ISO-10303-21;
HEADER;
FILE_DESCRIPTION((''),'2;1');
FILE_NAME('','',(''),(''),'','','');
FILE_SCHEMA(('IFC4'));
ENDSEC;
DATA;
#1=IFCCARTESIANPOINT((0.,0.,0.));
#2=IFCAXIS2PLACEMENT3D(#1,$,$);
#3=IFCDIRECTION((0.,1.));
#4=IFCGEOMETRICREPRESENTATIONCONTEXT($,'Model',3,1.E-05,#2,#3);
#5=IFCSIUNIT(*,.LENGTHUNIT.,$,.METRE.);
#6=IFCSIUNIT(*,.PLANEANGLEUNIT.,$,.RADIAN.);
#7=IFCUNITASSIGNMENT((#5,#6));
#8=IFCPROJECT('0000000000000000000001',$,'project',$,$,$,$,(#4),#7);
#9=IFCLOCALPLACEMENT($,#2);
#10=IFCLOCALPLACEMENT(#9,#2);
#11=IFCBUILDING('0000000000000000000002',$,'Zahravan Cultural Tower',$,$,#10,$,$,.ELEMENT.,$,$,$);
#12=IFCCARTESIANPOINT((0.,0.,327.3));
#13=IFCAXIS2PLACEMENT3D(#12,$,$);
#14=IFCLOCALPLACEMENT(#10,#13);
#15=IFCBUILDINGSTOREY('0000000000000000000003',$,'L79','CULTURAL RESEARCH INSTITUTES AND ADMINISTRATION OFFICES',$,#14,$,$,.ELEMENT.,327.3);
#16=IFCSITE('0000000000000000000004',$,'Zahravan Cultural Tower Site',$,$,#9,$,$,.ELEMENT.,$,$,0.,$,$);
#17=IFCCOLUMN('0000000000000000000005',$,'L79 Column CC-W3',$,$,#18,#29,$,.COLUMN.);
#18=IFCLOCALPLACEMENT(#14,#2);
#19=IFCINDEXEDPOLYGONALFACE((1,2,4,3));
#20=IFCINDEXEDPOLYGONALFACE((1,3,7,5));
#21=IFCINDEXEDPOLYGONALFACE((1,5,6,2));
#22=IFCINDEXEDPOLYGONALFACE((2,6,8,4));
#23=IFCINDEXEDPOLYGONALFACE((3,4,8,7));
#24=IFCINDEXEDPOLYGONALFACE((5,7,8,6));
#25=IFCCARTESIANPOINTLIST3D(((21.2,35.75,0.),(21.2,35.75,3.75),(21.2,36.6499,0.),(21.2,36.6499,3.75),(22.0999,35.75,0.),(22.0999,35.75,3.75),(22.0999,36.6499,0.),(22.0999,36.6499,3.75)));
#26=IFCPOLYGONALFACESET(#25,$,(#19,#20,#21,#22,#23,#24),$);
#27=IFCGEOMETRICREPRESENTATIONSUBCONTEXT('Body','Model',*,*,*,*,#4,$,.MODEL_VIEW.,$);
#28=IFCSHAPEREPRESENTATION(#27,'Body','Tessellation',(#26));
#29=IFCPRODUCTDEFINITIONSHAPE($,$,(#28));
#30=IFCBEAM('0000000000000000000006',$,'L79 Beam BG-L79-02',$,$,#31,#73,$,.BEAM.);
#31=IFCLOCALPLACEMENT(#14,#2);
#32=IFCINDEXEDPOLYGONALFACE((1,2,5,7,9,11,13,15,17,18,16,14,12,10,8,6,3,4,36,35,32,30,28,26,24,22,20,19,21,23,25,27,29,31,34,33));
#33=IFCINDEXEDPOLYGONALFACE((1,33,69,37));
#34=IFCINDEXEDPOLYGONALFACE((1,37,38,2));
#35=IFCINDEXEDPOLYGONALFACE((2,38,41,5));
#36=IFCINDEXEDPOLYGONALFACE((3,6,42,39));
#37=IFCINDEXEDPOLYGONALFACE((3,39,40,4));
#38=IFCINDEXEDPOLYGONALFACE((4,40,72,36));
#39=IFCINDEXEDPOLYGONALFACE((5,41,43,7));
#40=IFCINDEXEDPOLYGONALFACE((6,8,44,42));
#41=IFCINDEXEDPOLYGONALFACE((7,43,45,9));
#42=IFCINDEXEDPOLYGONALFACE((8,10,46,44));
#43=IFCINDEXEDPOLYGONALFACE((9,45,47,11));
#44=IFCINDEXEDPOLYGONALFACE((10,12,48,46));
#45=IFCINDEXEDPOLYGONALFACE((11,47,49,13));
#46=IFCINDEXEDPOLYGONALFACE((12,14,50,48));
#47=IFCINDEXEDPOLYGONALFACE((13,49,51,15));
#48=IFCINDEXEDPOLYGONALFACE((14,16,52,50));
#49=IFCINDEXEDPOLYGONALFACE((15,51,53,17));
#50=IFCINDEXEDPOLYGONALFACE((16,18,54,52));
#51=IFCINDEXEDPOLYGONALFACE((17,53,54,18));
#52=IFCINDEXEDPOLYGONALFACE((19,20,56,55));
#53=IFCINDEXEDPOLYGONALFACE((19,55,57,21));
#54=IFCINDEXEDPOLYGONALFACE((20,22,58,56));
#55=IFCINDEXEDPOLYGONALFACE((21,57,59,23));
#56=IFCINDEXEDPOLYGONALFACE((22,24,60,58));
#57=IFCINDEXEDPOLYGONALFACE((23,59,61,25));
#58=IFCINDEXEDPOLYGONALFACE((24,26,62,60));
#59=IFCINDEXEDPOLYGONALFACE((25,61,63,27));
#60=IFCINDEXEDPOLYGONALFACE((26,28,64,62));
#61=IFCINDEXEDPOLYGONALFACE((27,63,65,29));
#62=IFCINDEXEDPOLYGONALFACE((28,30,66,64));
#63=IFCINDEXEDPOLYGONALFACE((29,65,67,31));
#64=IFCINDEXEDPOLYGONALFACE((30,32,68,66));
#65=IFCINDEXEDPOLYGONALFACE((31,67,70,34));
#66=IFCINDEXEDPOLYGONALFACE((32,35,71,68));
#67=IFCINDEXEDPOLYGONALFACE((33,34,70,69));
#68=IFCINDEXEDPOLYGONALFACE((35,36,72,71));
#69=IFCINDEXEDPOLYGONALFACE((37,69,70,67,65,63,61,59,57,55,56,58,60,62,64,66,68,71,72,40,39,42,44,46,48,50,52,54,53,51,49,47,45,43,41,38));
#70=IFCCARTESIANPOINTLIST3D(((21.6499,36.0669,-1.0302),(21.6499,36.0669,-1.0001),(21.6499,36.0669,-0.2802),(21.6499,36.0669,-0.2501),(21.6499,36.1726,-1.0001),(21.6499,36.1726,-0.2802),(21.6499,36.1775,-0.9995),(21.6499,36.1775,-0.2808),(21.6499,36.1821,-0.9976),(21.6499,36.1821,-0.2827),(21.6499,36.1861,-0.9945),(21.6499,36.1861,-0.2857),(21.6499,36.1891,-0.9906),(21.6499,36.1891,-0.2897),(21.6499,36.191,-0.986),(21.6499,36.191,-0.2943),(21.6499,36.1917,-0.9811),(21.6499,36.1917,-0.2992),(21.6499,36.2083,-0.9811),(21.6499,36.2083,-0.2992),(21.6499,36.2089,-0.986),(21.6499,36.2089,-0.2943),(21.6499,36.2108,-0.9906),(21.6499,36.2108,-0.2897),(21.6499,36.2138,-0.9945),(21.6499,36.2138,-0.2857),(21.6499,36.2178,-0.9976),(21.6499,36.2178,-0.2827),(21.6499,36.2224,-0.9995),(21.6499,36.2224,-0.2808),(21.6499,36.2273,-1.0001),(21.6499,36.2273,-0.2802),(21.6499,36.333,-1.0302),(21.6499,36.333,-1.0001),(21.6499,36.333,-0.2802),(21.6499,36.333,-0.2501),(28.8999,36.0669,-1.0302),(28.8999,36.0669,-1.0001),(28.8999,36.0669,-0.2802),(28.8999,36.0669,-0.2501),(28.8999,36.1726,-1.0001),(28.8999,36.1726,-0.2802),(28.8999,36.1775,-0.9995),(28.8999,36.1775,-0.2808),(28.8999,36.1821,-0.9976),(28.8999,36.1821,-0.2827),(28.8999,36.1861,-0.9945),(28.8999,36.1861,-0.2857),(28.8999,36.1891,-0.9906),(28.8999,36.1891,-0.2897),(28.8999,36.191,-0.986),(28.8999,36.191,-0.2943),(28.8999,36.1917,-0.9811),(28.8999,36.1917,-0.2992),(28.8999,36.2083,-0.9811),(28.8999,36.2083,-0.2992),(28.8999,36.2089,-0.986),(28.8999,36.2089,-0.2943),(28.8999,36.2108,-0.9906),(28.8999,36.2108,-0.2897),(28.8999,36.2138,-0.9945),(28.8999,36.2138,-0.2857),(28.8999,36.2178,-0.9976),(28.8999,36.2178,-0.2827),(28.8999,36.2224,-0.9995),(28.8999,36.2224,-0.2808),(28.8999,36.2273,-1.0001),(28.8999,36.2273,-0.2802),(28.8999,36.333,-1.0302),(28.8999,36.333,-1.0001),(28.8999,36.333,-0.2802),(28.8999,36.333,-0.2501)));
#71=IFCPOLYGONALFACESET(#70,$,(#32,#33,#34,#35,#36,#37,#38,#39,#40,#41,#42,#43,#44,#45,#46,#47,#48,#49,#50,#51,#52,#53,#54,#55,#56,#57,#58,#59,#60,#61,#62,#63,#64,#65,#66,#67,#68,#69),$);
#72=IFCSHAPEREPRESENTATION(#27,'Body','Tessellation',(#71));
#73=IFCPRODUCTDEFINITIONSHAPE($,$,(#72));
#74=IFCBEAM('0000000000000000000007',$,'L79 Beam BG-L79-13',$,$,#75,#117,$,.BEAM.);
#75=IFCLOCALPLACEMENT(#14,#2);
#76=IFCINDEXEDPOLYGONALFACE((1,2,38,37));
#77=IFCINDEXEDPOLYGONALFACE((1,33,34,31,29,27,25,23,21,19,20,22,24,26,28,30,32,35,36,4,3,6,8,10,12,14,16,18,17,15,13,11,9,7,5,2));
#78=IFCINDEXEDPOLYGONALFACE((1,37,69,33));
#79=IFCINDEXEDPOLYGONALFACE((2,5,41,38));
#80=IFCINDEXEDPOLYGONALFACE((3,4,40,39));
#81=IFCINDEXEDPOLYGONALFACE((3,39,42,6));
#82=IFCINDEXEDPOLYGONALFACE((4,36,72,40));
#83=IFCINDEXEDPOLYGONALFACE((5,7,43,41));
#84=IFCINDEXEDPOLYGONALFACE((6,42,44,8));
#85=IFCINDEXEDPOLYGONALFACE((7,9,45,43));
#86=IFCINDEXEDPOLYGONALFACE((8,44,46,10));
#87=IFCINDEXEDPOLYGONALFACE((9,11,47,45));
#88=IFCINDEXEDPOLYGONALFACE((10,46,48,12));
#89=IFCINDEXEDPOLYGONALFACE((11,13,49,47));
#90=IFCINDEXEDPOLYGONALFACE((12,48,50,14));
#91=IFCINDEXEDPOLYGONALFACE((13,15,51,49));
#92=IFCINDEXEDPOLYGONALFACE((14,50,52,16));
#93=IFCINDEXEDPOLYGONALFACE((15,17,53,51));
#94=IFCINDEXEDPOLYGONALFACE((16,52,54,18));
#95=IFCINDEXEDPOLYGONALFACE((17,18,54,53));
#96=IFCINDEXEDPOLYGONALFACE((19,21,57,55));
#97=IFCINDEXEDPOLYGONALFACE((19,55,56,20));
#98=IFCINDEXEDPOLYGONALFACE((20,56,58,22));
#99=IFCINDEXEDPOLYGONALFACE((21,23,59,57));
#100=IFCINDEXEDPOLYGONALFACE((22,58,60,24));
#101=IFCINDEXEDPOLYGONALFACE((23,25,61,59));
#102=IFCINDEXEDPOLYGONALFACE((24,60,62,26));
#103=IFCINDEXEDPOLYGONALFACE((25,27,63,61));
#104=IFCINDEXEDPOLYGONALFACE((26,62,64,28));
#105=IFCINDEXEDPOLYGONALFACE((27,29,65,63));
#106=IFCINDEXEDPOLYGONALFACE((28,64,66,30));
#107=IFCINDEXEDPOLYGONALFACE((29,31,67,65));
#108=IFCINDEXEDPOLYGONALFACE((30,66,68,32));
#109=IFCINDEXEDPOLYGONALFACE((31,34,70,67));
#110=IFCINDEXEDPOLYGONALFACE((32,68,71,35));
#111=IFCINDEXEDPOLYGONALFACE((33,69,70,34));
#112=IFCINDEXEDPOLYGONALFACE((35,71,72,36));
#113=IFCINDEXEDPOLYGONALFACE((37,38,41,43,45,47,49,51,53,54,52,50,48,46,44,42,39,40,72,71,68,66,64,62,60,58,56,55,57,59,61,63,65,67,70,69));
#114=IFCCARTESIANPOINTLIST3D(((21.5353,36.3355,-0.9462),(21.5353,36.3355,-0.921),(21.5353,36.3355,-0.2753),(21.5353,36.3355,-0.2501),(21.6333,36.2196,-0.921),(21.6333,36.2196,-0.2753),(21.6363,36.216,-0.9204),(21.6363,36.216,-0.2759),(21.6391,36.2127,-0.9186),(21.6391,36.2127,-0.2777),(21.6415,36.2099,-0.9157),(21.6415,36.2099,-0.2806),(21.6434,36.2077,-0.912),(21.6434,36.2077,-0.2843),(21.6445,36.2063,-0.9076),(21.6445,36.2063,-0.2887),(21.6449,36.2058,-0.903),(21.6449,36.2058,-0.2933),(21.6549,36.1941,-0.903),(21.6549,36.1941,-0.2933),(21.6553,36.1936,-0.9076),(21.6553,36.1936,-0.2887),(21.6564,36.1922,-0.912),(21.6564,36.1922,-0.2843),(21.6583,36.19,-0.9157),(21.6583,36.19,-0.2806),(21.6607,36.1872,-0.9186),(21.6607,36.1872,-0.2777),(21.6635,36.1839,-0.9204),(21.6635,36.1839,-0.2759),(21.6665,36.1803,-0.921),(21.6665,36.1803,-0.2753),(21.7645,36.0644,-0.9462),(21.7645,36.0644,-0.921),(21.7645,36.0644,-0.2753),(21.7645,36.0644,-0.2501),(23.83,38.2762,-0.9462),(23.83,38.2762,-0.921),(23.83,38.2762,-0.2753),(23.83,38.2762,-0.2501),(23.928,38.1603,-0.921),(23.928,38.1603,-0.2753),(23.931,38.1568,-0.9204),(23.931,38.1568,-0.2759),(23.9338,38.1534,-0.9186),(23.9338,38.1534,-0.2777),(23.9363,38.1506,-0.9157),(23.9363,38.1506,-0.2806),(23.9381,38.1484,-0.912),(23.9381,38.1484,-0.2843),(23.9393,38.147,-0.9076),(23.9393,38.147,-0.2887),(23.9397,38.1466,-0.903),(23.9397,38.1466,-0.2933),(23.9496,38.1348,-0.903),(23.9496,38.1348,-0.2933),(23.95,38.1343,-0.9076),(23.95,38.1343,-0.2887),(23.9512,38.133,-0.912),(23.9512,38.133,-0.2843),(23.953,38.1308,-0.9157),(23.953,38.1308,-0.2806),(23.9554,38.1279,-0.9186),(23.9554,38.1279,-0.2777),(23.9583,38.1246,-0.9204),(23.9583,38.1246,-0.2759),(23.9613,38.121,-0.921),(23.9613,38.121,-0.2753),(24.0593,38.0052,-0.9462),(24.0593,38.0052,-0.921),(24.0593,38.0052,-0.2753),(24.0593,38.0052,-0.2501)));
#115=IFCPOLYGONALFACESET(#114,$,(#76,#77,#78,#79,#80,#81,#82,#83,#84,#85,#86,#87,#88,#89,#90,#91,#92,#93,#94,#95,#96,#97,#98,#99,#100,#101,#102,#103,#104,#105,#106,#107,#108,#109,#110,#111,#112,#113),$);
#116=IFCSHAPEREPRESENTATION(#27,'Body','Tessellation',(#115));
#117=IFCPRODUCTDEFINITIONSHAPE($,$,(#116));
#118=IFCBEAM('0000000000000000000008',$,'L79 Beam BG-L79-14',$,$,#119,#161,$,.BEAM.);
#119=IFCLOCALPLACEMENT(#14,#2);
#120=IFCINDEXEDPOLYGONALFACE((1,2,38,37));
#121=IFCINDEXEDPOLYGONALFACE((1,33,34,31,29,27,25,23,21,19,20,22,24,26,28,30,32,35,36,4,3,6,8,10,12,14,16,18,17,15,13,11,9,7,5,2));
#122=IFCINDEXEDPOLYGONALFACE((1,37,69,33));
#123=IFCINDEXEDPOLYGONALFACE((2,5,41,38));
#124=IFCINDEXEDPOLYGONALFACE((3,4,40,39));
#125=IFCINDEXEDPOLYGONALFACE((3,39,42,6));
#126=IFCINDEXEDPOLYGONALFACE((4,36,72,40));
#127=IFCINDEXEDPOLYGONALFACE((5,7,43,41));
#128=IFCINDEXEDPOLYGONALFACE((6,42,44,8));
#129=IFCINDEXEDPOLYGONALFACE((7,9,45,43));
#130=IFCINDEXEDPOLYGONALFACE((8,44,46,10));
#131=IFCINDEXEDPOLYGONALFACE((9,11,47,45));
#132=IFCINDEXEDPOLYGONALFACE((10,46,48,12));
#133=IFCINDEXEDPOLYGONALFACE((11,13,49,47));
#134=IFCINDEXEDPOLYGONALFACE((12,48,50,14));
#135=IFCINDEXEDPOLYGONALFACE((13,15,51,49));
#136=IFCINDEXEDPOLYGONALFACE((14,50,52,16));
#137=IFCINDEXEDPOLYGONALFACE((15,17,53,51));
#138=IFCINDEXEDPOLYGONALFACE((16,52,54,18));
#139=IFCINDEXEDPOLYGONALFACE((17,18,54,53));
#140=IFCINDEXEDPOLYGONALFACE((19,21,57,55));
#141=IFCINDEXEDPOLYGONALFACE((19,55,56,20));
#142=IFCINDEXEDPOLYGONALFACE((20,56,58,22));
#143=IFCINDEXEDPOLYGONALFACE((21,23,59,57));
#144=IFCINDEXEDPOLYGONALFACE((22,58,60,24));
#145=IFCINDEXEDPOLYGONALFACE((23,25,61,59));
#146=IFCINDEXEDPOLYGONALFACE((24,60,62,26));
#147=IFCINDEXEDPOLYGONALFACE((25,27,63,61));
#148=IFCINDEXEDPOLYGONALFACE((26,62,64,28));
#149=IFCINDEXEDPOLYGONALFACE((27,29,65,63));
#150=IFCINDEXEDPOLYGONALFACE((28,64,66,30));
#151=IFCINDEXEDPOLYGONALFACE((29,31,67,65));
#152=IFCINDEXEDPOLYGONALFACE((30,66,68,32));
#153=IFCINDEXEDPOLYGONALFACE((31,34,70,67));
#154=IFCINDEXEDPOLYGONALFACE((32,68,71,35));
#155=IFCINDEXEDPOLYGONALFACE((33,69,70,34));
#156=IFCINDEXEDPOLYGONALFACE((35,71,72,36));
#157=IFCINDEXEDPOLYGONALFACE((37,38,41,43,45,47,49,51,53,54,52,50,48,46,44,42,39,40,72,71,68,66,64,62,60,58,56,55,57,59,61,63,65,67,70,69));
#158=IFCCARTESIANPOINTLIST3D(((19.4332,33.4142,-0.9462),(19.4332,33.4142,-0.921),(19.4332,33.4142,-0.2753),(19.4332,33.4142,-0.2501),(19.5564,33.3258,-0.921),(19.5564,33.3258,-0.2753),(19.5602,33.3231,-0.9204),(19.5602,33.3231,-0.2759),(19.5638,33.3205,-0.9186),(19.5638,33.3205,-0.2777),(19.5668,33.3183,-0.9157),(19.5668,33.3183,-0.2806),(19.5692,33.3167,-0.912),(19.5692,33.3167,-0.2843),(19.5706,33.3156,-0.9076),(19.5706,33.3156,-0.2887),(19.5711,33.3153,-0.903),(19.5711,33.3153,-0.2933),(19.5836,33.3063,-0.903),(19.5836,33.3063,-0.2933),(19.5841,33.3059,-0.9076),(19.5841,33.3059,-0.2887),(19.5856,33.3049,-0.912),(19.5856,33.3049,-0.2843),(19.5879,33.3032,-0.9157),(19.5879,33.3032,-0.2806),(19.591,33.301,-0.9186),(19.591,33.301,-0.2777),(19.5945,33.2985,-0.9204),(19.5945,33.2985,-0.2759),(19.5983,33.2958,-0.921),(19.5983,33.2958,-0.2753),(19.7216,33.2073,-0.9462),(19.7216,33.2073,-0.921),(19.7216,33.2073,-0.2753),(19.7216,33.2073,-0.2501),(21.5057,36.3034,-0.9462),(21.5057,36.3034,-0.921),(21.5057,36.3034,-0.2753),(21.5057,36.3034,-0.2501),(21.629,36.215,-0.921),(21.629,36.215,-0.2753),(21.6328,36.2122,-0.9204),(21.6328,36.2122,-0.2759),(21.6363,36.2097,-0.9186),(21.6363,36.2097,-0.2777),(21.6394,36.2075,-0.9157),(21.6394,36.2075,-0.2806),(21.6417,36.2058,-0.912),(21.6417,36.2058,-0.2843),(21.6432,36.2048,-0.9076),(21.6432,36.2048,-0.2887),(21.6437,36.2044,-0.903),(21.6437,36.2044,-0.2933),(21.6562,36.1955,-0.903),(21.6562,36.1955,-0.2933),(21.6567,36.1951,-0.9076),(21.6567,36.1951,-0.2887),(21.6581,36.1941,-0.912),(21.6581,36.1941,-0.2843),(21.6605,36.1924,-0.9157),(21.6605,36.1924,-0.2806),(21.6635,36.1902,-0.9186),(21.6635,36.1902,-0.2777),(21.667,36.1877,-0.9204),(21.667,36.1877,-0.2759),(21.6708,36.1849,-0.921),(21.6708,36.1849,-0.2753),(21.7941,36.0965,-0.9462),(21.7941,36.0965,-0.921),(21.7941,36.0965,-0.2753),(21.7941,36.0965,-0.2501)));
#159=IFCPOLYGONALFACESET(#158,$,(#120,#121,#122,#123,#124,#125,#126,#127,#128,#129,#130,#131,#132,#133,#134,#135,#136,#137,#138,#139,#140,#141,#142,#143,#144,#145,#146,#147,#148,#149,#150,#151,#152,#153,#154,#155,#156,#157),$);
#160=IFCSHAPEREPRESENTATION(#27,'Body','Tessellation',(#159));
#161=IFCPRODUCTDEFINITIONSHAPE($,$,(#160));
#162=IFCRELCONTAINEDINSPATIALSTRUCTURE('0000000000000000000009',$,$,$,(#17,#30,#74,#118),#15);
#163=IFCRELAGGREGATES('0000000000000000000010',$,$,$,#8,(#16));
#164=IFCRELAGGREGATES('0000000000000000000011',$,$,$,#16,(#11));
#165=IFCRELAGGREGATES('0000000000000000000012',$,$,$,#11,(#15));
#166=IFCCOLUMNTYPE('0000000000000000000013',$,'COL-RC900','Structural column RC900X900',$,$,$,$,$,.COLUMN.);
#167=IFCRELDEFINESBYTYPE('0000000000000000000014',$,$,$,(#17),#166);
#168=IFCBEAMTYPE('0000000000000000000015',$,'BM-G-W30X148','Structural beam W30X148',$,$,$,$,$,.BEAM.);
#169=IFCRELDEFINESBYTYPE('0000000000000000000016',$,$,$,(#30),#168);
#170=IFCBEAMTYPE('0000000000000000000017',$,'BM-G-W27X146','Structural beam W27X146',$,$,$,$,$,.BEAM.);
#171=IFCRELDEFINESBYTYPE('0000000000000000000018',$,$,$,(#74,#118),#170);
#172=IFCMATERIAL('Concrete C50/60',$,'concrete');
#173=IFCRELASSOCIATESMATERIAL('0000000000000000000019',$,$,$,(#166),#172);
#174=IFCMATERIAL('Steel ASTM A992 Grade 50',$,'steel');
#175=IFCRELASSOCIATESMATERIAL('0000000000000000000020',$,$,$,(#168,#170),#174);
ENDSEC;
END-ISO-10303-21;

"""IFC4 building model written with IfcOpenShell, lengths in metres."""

from ifc_helpers import new_model, si_unit, direction, frame, origin, origin_2d, place, context, subcontext, project, spatial, rectangle, i_section, extrude, source, transform, mapped, material, material_profile, profile_set, type_object, element, save


model = new_model("IFC4")

# Units and contexts
model_context = context("Model", 3, precision=1e-05, world=origin(), true_north=direction((0.0, 1.0)))
body_context = subcontext(model_context, "Body", "Model", "MODEL_VIEW")
ifc_project = project(units=[si_unit("LENGTHUNIT", "METRE"), si_unit("PLANEANGLEUNIT", "RADIAN")], contexts=[model_context])

# Site, building, storey
site_placement = place(None, origin())
site = spatial("IfcSite", under=ifc_project, at=site_placement, Name="Zahravan Cultural Tower Site", CompositionType="ELEMENT", RefElevation=0.0)
building_placement = place(site_placement, origin())
building = spatial("IfcBuilding", under=site, at=building_placement, Name="Zahravan Cultural Tower", CompositionType="ELEMENT")
storey_placement = place(building_placement, frame((0.0, 0.0, 327.3)))
storey = spatial("IfcBuildingStorey", under=building, at=storey_placement, Name="L79", Description="CULTURAL RESEARCH INSTITUTES AND ADMINISTRATION OFFICES", CompositionType="ELEMENT", Elevation=327.3)

# Column
ifc_material_1 = material(Name="Concrete C50/60", Category="concrete")
ifc_material_profile_1 = material_profile(ifc_material_1, rectangle(XDim=0.8999, YDim=0.8999, at=origin_2d()), Name="RC900X900")
ifc_profile_set_1 = profile_set([ifc_material_profile_1], Name="Concrete C50/60")
column_type = type_object("IfcColumnType", Name="COL-RC900", Description="Structural column RC900X900", PredefinedType="COLUMN", material=ifc_profile_set_1)
shared_shape_1 = source(origin(), body_context, "Body", "SweptSolid", [
    extrude(rectangle(XDim=0.8999, YDim=0.8999, at=origin_2d()), origin(), (0.0, 0.0, 1.0), 3.75),
])
column_placement = place(storey_placement, frame((21.6499, 36.2, 0.0), z_axis=(0.0, 0.0, 1.0), x_axis=(1.0, 0.0, 0.0)))
element("IfcColumn", 1, at=column_placement, inside=storey, type_object=column_type, Name="L79 Column CC-W3", PredefinedType="COLUMN", context=body_context, shape_type="MappedRepresentation", body=[
    mapped(shared_shape_1, transform((0.0, 0.0, 0.0), x_axis=(1.0, 0.0, 0.0), y_axis=(0.0, 1.0, 0.0), z_axis=(0.0, 0.0, 1.0), scale=1.0)),
])

# Beams
ifc_material_2 = material(Name="Steel ASTM A992 Grade 50", Category="steel")
ifc_material_profile_2 = material_profile(ifc_material_2, i_section(OverallWidth=0.2661, OverallDepth=0.78, WebThickness=0.0166, FlangeThickness=0.03, FilletRadius=0.019, at=origin_2d()), Name="W30X148")
ifc_profile_set_2 = profile_set([ifc_material_profile_2], Name="Steel ASTM A992 Grade 50")
beam_type_1 = type_object("IfcBeamType", Name="BM-G-W30X148", Description="Structural beam W30X148", PredefinedType="BEAM", material=ifc_profile_set_2)
shared_shape_2 = source(origin(), body_context, "Body", "SweptSolid", [
    extrude(i_section(OverallWidth=0.2661, OverallDepth=0.78, WebThickness=0.0166, FlangeThickness=0.03, FilletRadius=0.019, at=origin_2d()), origin(), (0.0, 0.0, 1.0), 7.25),
])
beam_1_placement = place(storey_placement, frame((21.6499, 36.2, -0.6401), z_axis=(1.0, 0.0, 0.0), x_axis=(0.0, 1.0, 0.0)))
element("IfcBeam", 2, at=beam_1_placement, inside=storey, type_object=beam_type_1, Name="L79 Beam BG-L79-02", PredefinedType="BEAM", context=body_context, shape_type="MappedRepresentation", body=[
    mapped(shared_shape_2, transform((0.0, 0.0, 0.0), x_axis=(1.0, 0.0, 0.0), y_axis=(0.0, 1.0, 0.0), z_axis=(0.0, 0.0, 1.0), scale=1.0)),
])
ifc_material_profile_3 = material_profile(ifc_material_2, i_section(OverallWidth=0.355, OverallDepth=0.696, WebThickness=0.0154, FlangeThickness=0.0251, FilletRadius=0.0181, at=origin_2d()), Name="W27X146")
ifc_profile_set_3 = profile_set([ifc_material_profile_3], Name="Steel ASTM A992 Grade 50")
beam_type_2 = type_object("IfcBeamType", Name="BM-G-W27X146", Description="Structural beam W27X146", PredefinedType="BEAM", material=ifc_profile_set_3)
shared_shape_3 = source(origin(), body_context, "Body", "SweptSolid", [
    extrude(i_section(OverallWidth=0.355, OverallDepth=0.696, WebThickness=0.0154, FlangeThickness=0.0251, FilletRadius=0.0181, at=origin_2d()), origin(), (0.0, 0.0, 1.0), 3.0054),
])
beam_2_placement = place(storey_placement, frame((21.6499, 36.2, -0.5981), z_axis=(0.763546, 0.645753, 0.0), x_axis=(-0.645753, 0.763546, 0.0)))
element("IfcBeam", 3, at=beam_2_placement, inside=storey, type_object=beam_type_2, Name="L79 Beam BG-L79-13", PredefinedType="BEAM", context=body_context, shape_type="MappedRepresentation", body=[
    mapped(shared_shape_3, transform((0.0, 0.0, 0.0), x_axis=(1.0, 0.0, 0.0), y_axis=(0.0, 1.0, 0.0), z_axis=(0.0, 0.0, 1.0), scale=1.0)),
])
shared_shape_4 = source(origin(), body_context, "Body", "SweptSolid", [
    extrude(i_section(OverallWidth=0.355, OverallDepth=0.696, WebThickness=0.0154, FlangeThickness=0.0251, FilletRadius=0.0181, at=origin_2d()), origin(), (0.0, 0.0, 1.0), 3.5557),
])
beam_3_placement = place(storey_placement, frame((21.6499, 36.2, -0.5981), z_axis=(-0.58288, -0.812558, 0.0), x_axis=(0.812558, -0.58288, 0.0)))
element("IfcBeam", 4, at=beam_3_placement, inside=storey, type_object=beam_type_2, Name="L79 Beam BG-L79-14", PredefinedType="BEAM", context=body_context, shape_type="MappedRepresentation", body=[
    mapped(shared_shape_4, transform((0.0, 0.0, 0.0), x_axis=(1.0, 0.0, 0.0), y_axis=(0.0, 1.0, 0.0), z_axis=(0.0, 0.0, 1.0), scale=1.0)),
])

save(model, "model.ifc")
